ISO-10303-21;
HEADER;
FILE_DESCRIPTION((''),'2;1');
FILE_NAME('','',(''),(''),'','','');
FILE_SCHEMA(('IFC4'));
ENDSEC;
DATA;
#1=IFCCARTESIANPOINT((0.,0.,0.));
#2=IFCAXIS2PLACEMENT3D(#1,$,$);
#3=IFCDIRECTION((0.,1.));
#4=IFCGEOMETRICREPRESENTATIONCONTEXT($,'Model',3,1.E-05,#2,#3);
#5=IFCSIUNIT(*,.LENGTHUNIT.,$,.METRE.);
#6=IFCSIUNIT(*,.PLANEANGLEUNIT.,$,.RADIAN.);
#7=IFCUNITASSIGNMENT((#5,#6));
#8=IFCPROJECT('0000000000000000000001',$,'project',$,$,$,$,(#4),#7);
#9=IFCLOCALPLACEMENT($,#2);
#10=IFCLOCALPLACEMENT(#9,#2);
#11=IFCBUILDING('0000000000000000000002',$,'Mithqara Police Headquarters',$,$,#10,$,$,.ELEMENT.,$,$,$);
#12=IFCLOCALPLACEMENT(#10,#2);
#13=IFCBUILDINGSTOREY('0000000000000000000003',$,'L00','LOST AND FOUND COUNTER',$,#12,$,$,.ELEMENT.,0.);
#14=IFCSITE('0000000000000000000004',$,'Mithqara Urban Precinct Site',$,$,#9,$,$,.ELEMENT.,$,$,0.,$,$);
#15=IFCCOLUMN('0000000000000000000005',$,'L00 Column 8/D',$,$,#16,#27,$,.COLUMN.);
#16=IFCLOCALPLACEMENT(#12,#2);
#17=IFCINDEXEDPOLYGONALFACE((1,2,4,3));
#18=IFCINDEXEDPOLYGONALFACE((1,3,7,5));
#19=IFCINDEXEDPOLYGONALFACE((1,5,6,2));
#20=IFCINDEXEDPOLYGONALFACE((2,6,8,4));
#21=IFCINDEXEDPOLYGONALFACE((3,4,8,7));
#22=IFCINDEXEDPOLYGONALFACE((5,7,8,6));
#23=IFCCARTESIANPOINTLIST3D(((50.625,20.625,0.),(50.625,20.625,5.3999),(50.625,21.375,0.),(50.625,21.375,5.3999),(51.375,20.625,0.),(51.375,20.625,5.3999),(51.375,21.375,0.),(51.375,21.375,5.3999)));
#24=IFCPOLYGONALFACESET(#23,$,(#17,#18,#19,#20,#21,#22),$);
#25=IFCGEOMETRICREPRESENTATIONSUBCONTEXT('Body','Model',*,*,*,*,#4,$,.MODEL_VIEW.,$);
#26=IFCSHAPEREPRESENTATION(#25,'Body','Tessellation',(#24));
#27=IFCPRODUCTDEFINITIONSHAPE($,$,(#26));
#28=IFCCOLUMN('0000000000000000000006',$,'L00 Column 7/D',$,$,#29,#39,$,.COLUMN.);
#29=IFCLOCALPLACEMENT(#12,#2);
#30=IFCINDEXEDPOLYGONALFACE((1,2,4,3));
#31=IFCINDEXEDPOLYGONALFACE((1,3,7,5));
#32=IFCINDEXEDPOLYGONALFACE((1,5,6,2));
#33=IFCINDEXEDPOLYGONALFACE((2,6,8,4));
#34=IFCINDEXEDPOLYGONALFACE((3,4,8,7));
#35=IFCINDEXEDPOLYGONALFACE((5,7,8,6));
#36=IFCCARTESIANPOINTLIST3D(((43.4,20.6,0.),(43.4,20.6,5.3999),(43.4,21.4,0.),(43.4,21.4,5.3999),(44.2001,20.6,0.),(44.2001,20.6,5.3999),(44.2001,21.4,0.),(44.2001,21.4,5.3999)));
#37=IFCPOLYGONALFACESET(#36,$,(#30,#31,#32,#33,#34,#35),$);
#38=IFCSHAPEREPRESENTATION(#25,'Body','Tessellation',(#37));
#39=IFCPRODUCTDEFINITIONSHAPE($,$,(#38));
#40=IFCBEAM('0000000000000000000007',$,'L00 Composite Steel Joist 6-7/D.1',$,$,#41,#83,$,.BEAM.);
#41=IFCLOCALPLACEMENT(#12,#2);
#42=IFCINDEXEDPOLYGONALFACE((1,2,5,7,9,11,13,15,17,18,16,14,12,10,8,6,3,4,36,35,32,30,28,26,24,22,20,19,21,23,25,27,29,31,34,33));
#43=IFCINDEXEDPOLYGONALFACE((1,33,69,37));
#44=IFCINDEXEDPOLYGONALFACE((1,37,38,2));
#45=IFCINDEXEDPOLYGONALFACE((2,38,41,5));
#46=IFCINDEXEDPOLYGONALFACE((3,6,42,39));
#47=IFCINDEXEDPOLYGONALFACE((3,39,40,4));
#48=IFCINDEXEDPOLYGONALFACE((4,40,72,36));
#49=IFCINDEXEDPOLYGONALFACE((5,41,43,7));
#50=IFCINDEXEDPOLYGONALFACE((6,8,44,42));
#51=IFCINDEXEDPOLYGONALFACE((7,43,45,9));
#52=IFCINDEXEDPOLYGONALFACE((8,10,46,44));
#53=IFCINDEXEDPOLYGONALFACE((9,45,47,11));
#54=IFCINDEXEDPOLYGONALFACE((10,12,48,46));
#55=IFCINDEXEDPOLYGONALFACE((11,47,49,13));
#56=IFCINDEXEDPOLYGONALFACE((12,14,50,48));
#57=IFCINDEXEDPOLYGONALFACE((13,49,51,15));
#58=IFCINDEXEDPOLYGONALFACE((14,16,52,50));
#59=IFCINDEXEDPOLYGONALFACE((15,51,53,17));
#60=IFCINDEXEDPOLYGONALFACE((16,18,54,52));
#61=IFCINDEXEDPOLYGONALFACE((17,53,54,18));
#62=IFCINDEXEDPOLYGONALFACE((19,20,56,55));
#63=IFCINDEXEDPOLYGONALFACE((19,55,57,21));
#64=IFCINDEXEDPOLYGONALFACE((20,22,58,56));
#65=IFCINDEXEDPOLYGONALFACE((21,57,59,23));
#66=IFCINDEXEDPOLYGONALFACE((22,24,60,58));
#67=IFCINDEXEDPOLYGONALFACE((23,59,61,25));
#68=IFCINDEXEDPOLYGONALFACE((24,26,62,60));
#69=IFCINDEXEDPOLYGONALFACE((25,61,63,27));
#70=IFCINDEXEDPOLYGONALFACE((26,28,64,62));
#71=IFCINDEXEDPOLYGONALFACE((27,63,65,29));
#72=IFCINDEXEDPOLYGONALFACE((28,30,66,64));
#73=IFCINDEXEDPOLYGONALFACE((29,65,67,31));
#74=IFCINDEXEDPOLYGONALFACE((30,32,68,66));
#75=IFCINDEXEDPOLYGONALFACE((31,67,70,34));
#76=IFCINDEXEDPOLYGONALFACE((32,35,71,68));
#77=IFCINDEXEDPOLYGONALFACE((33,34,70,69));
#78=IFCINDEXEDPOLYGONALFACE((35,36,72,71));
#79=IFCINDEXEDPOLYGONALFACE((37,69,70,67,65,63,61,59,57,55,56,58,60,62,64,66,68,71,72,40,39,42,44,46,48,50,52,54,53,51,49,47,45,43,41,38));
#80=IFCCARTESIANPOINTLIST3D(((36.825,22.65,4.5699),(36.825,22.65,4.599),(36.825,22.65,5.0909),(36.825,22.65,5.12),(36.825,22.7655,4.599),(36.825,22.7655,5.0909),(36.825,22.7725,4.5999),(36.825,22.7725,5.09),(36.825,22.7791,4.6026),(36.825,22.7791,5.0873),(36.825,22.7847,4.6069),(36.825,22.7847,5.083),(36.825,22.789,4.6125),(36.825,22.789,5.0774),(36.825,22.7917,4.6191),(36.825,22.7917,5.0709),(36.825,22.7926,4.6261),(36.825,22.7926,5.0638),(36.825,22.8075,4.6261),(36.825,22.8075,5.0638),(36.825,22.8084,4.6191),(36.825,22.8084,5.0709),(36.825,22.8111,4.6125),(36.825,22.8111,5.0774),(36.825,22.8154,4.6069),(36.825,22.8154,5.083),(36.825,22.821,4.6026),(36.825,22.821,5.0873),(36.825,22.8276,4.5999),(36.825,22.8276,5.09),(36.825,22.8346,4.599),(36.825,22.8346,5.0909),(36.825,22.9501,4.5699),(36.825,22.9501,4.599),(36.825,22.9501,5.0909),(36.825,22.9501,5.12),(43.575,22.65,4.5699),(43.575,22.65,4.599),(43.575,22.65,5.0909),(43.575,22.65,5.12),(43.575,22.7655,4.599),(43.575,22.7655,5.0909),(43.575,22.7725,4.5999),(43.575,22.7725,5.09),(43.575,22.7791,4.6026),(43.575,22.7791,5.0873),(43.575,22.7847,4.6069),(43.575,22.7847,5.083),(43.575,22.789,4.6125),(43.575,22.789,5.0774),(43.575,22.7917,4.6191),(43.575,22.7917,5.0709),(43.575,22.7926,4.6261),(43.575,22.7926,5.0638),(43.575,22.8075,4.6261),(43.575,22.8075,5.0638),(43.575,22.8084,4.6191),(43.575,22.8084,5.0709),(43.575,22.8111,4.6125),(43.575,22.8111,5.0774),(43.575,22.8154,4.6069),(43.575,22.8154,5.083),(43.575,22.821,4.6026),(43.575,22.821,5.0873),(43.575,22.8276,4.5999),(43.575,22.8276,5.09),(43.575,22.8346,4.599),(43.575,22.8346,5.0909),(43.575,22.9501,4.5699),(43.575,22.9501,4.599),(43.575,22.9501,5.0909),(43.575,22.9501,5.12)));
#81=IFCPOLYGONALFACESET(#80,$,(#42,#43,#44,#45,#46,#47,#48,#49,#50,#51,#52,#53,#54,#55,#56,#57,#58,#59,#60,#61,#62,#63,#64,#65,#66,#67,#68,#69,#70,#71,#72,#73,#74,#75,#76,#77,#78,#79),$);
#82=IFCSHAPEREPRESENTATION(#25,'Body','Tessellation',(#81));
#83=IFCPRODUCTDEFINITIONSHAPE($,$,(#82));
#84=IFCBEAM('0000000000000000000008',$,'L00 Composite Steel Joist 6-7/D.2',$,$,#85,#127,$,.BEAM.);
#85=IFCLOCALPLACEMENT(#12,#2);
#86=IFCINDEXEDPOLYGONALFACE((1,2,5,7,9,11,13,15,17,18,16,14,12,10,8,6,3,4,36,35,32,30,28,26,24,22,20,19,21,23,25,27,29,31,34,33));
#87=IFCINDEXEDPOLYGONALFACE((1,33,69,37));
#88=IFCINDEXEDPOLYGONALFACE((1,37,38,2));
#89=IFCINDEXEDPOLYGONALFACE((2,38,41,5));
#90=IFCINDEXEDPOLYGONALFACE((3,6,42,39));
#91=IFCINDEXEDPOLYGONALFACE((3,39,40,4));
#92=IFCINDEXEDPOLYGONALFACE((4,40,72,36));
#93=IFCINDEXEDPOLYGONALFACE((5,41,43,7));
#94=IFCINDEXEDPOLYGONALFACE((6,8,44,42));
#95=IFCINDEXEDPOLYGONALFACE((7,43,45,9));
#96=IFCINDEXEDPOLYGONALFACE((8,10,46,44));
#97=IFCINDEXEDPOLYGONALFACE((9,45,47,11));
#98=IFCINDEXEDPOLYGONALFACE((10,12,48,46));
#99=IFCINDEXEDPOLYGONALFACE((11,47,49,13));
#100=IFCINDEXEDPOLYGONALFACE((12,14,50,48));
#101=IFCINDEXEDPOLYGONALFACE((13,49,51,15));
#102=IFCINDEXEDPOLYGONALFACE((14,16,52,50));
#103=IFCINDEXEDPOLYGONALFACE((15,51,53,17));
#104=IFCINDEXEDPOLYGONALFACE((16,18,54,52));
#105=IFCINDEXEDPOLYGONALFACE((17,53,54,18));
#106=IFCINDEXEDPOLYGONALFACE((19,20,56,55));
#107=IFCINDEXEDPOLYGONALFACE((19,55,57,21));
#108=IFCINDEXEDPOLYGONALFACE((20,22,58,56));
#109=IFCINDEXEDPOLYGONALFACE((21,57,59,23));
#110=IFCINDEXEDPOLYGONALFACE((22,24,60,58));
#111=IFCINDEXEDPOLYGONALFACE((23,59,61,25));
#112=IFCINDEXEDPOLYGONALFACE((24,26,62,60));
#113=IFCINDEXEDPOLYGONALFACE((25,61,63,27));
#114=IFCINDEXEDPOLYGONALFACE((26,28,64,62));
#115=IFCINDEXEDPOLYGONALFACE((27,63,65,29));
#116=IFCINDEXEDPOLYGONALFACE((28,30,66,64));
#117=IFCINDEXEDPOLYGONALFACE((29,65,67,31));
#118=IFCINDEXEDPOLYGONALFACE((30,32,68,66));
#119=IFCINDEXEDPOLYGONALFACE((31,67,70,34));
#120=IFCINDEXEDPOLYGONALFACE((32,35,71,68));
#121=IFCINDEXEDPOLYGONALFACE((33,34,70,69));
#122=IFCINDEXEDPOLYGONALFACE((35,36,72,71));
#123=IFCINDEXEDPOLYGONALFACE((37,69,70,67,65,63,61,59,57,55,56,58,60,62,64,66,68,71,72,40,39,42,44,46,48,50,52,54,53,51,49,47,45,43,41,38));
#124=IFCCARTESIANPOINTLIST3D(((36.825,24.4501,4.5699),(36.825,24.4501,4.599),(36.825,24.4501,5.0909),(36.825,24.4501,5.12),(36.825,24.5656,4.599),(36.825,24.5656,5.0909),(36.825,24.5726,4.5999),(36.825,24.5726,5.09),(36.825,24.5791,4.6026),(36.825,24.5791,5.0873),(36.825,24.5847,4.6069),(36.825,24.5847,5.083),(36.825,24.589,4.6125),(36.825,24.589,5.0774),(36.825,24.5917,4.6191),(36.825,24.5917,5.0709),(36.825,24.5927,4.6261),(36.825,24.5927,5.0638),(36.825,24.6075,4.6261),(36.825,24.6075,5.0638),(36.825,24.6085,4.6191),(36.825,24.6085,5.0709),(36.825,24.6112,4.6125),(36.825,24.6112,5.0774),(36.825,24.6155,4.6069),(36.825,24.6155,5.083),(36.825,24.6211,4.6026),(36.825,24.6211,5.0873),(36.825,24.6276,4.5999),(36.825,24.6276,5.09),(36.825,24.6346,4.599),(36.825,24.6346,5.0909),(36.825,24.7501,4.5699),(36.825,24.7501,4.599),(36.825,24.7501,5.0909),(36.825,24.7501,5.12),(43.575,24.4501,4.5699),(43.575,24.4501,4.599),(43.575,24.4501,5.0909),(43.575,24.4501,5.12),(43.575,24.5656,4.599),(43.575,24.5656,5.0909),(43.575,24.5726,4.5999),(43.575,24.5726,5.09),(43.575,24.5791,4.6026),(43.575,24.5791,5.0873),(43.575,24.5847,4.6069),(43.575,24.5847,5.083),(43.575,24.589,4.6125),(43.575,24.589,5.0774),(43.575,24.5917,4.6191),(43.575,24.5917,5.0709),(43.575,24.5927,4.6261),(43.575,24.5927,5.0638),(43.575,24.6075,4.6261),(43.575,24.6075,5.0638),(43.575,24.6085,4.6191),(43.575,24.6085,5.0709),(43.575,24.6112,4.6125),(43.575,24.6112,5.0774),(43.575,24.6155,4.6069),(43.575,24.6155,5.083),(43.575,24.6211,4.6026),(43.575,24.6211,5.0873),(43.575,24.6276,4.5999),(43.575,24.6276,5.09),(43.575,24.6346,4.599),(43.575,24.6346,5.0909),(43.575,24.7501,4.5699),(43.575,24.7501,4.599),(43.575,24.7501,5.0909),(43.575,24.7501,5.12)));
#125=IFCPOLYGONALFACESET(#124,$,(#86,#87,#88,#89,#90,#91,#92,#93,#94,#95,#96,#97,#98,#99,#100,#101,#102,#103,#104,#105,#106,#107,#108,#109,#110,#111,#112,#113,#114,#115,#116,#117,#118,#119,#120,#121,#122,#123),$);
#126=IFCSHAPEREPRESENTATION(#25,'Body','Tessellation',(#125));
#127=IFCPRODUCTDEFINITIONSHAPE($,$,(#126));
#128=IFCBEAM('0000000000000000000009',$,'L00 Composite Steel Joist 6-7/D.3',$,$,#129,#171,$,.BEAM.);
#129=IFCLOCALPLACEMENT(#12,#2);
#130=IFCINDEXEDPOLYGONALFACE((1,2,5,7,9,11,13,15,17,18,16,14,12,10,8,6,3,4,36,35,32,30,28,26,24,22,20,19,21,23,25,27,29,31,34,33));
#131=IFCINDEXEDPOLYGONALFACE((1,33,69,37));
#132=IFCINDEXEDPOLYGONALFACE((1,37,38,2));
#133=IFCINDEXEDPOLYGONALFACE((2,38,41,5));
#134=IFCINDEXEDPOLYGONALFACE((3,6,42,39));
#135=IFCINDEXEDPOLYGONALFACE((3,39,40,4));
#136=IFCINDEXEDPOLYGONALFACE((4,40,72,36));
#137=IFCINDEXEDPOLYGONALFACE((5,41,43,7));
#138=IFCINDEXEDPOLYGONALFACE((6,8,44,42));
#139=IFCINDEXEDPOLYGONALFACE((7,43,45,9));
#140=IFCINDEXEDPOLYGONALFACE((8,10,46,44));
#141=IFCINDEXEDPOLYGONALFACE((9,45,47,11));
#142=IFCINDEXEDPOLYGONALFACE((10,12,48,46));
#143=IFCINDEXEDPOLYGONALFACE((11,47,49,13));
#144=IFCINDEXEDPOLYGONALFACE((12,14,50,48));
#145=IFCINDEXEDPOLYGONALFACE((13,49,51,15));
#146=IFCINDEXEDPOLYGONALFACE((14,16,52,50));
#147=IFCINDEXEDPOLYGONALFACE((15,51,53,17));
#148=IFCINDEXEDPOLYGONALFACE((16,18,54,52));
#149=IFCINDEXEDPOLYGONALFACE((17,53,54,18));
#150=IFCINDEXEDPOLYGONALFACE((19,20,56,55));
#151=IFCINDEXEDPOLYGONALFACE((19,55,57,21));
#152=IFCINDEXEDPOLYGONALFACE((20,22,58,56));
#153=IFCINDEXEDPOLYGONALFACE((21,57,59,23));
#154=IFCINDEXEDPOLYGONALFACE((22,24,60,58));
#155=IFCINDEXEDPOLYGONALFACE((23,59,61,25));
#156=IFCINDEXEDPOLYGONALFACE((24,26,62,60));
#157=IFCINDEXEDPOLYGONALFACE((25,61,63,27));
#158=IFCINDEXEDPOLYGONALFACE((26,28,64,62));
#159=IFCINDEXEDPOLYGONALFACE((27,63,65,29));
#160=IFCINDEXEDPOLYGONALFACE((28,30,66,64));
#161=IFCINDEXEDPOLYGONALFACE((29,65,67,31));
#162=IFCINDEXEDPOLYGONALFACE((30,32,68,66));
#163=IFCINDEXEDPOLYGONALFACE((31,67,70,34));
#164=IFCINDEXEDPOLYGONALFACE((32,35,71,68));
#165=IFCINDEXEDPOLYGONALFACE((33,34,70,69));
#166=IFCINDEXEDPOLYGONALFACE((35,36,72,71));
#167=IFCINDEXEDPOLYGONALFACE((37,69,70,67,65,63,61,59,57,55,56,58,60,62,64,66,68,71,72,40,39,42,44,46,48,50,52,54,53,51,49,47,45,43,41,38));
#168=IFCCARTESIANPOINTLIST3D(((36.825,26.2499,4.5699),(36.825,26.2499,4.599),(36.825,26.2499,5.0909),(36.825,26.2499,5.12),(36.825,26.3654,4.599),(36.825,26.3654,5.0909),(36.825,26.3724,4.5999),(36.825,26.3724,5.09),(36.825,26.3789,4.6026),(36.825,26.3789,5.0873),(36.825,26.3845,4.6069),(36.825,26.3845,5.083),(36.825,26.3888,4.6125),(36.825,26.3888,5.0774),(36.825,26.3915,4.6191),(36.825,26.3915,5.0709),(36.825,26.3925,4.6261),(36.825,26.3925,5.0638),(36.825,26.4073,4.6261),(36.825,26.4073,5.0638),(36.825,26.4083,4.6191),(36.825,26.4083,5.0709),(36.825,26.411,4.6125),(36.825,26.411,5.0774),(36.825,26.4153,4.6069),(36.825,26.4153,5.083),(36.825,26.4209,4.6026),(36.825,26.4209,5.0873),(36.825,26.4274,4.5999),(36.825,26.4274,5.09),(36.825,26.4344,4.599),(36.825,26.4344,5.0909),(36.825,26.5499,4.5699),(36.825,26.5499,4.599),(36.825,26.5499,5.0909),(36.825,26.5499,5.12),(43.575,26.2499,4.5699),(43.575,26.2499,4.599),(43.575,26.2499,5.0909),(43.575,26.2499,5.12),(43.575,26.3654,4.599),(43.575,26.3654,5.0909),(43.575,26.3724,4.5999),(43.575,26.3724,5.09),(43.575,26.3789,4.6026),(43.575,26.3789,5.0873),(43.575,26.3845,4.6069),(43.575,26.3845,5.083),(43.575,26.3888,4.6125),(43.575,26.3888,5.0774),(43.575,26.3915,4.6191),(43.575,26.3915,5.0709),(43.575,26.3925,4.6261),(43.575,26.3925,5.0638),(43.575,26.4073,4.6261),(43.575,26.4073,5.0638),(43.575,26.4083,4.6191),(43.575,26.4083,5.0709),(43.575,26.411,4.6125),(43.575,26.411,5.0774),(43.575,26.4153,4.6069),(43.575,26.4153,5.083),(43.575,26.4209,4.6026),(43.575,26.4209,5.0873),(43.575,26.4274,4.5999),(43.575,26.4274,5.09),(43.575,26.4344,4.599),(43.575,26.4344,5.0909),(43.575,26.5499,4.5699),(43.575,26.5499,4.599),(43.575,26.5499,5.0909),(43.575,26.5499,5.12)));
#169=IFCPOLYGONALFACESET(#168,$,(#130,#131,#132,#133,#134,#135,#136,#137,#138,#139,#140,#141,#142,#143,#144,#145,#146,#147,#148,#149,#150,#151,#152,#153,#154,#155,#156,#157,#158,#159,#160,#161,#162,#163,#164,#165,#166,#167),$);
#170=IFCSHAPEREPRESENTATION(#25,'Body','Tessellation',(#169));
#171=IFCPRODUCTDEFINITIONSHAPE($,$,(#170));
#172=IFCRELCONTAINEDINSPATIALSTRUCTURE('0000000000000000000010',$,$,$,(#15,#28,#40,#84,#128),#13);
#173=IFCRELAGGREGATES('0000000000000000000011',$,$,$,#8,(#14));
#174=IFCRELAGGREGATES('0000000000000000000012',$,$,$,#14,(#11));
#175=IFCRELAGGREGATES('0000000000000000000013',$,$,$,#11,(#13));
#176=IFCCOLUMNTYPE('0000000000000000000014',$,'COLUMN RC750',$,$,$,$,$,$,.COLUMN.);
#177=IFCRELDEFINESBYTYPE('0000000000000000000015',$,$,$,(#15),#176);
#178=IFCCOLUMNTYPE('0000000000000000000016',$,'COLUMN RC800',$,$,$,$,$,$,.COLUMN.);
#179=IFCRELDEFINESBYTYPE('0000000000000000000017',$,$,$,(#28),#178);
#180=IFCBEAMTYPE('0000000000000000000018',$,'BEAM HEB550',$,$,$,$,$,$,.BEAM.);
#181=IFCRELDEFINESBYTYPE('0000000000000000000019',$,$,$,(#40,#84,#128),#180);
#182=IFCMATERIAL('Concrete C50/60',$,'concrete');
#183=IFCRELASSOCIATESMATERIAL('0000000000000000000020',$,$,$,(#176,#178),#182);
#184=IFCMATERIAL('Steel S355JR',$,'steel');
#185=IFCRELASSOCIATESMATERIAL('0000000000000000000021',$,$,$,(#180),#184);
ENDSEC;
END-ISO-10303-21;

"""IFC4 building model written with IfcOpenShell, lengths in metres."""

from ifc_helpers import new_model, si_unit, direction, frame, origin, origin_2d, place, context, subcontext, project, spatial, rectangle, i_section, extrude, material, material_profile, profile_set, type_object, element, save


model = new_model("IFC4")

# Units and contexts
model_context = context("Model", 3, precision=1e-05, world=origin(), true_north=direction((0.0, 1.0)))
body_context = subcontext(model_context, "Body", "Model", "MODEL_VIEW")
ifc_project = project(units=[si_unit("LENGTHUNIT", "METRE"), si_unit("PLANEANGLEUNIT", "RADIAN")], contexts=[model_context])

# Site, building, storey
site_placement = place(None, origin())
site = spatial("IfcSite", under=ifc_project, at=site_placement, Name="Mithqara Urban Precinct Site", CompositionType="ELEMENT", RefElevation=0.0)
building_placement = place(site_placement, origin())
building = spatial("IfcBuilding", under=site, at=building_placement, Name="Mithqara Police Headquarters", CompositionType="ELEMENT")
storey_placement = place(building_placement, origin())
storey = spatial("IfcBuildingStorey", under=building, at=storey_placement, Name="L00", Description="LOST AND FOUND COUNTER", CompositionType="ELEMENT", Elevation=0.0)

# Columns
ifc_material_1 = material(Name="Concrete C50/60", Category="concrete")
ifc_material_profile_1 = material_profile(ifc_material_1, rectangle(XDim=0.75, YDim=0.75, at=origin_2d()), Name="RC 750x750")
ifc_profile_set_1 = profile_set([ifc_material_profile_1], Name="Concrete C50/60")
column_type_1 = type_object("IfcColumnType", Name="COLUMN RC750", PredefinedType="COLUMN", material=ifc_profile_set_1)
column_1_placement = place(storey_placement, frame((51.0, 21.0, 0.0), z_axis=(0.0, 0.0, 1.0), x_axis=(1.0, 0.0, 0.0)))
element("IfcColumn", 1, at=column_1_placement, inside=storey, type_object=column_type_1, Name="L00 Column 8/D", PredefinedType="COLUMN", context=body_context, shape_type="SweptSolid", body=[
    extrude(rectangle(XDim=0.75, YDim=0.75, at=origin_2d()), origin(), (0.0, 0.0, 1.0), 5.3999),
])
ifc_material_profile_2 = material_profile(ifc_material_1, rectangle(XDim=0.8, YDim=0.8, at=origin_2d()), Name="RC 800x800")
ifc_profile_set_2 = profile_set([ifc_material_profile_2], Name="Concrete C50/60")
column_type_2 = type_object("IfcColumnType", Name="COLUMN RC800", PredefinedType="COLUMN", material=ifc_profile_set_2)
column_2_placement = place(storey_placement, frame((43.8, 21.0, 0.0), z_axis=(0.0, 0.0, 1.0), x_axis=(1.0, 0.0, 0.0)))
element("IfcColumn", 2, at=column_2_placement, inside=storey, type_object=column_type_2, Name="L00 Column 7/D", PredefinedType="COLUMN", context=body_context, shape_type="SweptSolid", body=[
    extrude(rectangle(XDim=0.8, YDim=0.8, at=origin_2d()), origin(), (0.0, 0.0, 1.0), 5.3999),
])

# Beams
ifc_material_2 = material(Name="Steel S355JR", Category="steel")
ifc_material_profile_3 = material_profile(ifc_material_2, i_section(OverallWidth=0.3, OverallDepth=0.55, WebThickness=0.0149, FlangeThickness=0.0291, FilletRadius=0.0271, at=origin_2d()), Name="HEB 550")
ifc_profile_set_3 = profile_set([ifc_material_profile_3], Name="Steel S355JR")
beam_type_1 = type_object("IfcBeamType", Name="BEAM HEB550", PredefinedType="BEAM", material=ifc_profile_set_3)
for number, where, z_axis, x_axis, name in (
    (3, (36.825, 22.8, 4.845), (1.0, 0.0, 0.0), (0.0, 1.0, 0.0), "L00 Composite Steel Joist 6-7/D.1"),
    (4, (36.825, 24.6001, 4.845), (1.0, 0.0, 0.0), (0.0, 1.0, 0.0), "L00 Composite Steel Joist 6-7/D.2"),
    (5, (36.825, 26.3999, 4.845), (1.0, 0.0, 0.0), (0.0, 1.0, 0.0), "L00 Composite Steel Joist 6-7/D.3"),
):
    element("IfcBeam", number, at=place(storey_placement, frame(where, z_axis=z_axis, x_axis=x_axis)), inside=storey, type_object=beam_type_1, Name=name, PredefinedType="BEAM", context=body_context, shape_type="SweptSolid", body=[
        extrude(i_section(OverallWidth=0.3, OverallDepth=0.55, WebThickness=0.0149, FlangeThickness=0.0291, FilletRadius=0.0271, at=origin_2d()), origin(), (0.0, 0.0, 1.0), 6.75),
    ])

save(model, "model.ifc")
